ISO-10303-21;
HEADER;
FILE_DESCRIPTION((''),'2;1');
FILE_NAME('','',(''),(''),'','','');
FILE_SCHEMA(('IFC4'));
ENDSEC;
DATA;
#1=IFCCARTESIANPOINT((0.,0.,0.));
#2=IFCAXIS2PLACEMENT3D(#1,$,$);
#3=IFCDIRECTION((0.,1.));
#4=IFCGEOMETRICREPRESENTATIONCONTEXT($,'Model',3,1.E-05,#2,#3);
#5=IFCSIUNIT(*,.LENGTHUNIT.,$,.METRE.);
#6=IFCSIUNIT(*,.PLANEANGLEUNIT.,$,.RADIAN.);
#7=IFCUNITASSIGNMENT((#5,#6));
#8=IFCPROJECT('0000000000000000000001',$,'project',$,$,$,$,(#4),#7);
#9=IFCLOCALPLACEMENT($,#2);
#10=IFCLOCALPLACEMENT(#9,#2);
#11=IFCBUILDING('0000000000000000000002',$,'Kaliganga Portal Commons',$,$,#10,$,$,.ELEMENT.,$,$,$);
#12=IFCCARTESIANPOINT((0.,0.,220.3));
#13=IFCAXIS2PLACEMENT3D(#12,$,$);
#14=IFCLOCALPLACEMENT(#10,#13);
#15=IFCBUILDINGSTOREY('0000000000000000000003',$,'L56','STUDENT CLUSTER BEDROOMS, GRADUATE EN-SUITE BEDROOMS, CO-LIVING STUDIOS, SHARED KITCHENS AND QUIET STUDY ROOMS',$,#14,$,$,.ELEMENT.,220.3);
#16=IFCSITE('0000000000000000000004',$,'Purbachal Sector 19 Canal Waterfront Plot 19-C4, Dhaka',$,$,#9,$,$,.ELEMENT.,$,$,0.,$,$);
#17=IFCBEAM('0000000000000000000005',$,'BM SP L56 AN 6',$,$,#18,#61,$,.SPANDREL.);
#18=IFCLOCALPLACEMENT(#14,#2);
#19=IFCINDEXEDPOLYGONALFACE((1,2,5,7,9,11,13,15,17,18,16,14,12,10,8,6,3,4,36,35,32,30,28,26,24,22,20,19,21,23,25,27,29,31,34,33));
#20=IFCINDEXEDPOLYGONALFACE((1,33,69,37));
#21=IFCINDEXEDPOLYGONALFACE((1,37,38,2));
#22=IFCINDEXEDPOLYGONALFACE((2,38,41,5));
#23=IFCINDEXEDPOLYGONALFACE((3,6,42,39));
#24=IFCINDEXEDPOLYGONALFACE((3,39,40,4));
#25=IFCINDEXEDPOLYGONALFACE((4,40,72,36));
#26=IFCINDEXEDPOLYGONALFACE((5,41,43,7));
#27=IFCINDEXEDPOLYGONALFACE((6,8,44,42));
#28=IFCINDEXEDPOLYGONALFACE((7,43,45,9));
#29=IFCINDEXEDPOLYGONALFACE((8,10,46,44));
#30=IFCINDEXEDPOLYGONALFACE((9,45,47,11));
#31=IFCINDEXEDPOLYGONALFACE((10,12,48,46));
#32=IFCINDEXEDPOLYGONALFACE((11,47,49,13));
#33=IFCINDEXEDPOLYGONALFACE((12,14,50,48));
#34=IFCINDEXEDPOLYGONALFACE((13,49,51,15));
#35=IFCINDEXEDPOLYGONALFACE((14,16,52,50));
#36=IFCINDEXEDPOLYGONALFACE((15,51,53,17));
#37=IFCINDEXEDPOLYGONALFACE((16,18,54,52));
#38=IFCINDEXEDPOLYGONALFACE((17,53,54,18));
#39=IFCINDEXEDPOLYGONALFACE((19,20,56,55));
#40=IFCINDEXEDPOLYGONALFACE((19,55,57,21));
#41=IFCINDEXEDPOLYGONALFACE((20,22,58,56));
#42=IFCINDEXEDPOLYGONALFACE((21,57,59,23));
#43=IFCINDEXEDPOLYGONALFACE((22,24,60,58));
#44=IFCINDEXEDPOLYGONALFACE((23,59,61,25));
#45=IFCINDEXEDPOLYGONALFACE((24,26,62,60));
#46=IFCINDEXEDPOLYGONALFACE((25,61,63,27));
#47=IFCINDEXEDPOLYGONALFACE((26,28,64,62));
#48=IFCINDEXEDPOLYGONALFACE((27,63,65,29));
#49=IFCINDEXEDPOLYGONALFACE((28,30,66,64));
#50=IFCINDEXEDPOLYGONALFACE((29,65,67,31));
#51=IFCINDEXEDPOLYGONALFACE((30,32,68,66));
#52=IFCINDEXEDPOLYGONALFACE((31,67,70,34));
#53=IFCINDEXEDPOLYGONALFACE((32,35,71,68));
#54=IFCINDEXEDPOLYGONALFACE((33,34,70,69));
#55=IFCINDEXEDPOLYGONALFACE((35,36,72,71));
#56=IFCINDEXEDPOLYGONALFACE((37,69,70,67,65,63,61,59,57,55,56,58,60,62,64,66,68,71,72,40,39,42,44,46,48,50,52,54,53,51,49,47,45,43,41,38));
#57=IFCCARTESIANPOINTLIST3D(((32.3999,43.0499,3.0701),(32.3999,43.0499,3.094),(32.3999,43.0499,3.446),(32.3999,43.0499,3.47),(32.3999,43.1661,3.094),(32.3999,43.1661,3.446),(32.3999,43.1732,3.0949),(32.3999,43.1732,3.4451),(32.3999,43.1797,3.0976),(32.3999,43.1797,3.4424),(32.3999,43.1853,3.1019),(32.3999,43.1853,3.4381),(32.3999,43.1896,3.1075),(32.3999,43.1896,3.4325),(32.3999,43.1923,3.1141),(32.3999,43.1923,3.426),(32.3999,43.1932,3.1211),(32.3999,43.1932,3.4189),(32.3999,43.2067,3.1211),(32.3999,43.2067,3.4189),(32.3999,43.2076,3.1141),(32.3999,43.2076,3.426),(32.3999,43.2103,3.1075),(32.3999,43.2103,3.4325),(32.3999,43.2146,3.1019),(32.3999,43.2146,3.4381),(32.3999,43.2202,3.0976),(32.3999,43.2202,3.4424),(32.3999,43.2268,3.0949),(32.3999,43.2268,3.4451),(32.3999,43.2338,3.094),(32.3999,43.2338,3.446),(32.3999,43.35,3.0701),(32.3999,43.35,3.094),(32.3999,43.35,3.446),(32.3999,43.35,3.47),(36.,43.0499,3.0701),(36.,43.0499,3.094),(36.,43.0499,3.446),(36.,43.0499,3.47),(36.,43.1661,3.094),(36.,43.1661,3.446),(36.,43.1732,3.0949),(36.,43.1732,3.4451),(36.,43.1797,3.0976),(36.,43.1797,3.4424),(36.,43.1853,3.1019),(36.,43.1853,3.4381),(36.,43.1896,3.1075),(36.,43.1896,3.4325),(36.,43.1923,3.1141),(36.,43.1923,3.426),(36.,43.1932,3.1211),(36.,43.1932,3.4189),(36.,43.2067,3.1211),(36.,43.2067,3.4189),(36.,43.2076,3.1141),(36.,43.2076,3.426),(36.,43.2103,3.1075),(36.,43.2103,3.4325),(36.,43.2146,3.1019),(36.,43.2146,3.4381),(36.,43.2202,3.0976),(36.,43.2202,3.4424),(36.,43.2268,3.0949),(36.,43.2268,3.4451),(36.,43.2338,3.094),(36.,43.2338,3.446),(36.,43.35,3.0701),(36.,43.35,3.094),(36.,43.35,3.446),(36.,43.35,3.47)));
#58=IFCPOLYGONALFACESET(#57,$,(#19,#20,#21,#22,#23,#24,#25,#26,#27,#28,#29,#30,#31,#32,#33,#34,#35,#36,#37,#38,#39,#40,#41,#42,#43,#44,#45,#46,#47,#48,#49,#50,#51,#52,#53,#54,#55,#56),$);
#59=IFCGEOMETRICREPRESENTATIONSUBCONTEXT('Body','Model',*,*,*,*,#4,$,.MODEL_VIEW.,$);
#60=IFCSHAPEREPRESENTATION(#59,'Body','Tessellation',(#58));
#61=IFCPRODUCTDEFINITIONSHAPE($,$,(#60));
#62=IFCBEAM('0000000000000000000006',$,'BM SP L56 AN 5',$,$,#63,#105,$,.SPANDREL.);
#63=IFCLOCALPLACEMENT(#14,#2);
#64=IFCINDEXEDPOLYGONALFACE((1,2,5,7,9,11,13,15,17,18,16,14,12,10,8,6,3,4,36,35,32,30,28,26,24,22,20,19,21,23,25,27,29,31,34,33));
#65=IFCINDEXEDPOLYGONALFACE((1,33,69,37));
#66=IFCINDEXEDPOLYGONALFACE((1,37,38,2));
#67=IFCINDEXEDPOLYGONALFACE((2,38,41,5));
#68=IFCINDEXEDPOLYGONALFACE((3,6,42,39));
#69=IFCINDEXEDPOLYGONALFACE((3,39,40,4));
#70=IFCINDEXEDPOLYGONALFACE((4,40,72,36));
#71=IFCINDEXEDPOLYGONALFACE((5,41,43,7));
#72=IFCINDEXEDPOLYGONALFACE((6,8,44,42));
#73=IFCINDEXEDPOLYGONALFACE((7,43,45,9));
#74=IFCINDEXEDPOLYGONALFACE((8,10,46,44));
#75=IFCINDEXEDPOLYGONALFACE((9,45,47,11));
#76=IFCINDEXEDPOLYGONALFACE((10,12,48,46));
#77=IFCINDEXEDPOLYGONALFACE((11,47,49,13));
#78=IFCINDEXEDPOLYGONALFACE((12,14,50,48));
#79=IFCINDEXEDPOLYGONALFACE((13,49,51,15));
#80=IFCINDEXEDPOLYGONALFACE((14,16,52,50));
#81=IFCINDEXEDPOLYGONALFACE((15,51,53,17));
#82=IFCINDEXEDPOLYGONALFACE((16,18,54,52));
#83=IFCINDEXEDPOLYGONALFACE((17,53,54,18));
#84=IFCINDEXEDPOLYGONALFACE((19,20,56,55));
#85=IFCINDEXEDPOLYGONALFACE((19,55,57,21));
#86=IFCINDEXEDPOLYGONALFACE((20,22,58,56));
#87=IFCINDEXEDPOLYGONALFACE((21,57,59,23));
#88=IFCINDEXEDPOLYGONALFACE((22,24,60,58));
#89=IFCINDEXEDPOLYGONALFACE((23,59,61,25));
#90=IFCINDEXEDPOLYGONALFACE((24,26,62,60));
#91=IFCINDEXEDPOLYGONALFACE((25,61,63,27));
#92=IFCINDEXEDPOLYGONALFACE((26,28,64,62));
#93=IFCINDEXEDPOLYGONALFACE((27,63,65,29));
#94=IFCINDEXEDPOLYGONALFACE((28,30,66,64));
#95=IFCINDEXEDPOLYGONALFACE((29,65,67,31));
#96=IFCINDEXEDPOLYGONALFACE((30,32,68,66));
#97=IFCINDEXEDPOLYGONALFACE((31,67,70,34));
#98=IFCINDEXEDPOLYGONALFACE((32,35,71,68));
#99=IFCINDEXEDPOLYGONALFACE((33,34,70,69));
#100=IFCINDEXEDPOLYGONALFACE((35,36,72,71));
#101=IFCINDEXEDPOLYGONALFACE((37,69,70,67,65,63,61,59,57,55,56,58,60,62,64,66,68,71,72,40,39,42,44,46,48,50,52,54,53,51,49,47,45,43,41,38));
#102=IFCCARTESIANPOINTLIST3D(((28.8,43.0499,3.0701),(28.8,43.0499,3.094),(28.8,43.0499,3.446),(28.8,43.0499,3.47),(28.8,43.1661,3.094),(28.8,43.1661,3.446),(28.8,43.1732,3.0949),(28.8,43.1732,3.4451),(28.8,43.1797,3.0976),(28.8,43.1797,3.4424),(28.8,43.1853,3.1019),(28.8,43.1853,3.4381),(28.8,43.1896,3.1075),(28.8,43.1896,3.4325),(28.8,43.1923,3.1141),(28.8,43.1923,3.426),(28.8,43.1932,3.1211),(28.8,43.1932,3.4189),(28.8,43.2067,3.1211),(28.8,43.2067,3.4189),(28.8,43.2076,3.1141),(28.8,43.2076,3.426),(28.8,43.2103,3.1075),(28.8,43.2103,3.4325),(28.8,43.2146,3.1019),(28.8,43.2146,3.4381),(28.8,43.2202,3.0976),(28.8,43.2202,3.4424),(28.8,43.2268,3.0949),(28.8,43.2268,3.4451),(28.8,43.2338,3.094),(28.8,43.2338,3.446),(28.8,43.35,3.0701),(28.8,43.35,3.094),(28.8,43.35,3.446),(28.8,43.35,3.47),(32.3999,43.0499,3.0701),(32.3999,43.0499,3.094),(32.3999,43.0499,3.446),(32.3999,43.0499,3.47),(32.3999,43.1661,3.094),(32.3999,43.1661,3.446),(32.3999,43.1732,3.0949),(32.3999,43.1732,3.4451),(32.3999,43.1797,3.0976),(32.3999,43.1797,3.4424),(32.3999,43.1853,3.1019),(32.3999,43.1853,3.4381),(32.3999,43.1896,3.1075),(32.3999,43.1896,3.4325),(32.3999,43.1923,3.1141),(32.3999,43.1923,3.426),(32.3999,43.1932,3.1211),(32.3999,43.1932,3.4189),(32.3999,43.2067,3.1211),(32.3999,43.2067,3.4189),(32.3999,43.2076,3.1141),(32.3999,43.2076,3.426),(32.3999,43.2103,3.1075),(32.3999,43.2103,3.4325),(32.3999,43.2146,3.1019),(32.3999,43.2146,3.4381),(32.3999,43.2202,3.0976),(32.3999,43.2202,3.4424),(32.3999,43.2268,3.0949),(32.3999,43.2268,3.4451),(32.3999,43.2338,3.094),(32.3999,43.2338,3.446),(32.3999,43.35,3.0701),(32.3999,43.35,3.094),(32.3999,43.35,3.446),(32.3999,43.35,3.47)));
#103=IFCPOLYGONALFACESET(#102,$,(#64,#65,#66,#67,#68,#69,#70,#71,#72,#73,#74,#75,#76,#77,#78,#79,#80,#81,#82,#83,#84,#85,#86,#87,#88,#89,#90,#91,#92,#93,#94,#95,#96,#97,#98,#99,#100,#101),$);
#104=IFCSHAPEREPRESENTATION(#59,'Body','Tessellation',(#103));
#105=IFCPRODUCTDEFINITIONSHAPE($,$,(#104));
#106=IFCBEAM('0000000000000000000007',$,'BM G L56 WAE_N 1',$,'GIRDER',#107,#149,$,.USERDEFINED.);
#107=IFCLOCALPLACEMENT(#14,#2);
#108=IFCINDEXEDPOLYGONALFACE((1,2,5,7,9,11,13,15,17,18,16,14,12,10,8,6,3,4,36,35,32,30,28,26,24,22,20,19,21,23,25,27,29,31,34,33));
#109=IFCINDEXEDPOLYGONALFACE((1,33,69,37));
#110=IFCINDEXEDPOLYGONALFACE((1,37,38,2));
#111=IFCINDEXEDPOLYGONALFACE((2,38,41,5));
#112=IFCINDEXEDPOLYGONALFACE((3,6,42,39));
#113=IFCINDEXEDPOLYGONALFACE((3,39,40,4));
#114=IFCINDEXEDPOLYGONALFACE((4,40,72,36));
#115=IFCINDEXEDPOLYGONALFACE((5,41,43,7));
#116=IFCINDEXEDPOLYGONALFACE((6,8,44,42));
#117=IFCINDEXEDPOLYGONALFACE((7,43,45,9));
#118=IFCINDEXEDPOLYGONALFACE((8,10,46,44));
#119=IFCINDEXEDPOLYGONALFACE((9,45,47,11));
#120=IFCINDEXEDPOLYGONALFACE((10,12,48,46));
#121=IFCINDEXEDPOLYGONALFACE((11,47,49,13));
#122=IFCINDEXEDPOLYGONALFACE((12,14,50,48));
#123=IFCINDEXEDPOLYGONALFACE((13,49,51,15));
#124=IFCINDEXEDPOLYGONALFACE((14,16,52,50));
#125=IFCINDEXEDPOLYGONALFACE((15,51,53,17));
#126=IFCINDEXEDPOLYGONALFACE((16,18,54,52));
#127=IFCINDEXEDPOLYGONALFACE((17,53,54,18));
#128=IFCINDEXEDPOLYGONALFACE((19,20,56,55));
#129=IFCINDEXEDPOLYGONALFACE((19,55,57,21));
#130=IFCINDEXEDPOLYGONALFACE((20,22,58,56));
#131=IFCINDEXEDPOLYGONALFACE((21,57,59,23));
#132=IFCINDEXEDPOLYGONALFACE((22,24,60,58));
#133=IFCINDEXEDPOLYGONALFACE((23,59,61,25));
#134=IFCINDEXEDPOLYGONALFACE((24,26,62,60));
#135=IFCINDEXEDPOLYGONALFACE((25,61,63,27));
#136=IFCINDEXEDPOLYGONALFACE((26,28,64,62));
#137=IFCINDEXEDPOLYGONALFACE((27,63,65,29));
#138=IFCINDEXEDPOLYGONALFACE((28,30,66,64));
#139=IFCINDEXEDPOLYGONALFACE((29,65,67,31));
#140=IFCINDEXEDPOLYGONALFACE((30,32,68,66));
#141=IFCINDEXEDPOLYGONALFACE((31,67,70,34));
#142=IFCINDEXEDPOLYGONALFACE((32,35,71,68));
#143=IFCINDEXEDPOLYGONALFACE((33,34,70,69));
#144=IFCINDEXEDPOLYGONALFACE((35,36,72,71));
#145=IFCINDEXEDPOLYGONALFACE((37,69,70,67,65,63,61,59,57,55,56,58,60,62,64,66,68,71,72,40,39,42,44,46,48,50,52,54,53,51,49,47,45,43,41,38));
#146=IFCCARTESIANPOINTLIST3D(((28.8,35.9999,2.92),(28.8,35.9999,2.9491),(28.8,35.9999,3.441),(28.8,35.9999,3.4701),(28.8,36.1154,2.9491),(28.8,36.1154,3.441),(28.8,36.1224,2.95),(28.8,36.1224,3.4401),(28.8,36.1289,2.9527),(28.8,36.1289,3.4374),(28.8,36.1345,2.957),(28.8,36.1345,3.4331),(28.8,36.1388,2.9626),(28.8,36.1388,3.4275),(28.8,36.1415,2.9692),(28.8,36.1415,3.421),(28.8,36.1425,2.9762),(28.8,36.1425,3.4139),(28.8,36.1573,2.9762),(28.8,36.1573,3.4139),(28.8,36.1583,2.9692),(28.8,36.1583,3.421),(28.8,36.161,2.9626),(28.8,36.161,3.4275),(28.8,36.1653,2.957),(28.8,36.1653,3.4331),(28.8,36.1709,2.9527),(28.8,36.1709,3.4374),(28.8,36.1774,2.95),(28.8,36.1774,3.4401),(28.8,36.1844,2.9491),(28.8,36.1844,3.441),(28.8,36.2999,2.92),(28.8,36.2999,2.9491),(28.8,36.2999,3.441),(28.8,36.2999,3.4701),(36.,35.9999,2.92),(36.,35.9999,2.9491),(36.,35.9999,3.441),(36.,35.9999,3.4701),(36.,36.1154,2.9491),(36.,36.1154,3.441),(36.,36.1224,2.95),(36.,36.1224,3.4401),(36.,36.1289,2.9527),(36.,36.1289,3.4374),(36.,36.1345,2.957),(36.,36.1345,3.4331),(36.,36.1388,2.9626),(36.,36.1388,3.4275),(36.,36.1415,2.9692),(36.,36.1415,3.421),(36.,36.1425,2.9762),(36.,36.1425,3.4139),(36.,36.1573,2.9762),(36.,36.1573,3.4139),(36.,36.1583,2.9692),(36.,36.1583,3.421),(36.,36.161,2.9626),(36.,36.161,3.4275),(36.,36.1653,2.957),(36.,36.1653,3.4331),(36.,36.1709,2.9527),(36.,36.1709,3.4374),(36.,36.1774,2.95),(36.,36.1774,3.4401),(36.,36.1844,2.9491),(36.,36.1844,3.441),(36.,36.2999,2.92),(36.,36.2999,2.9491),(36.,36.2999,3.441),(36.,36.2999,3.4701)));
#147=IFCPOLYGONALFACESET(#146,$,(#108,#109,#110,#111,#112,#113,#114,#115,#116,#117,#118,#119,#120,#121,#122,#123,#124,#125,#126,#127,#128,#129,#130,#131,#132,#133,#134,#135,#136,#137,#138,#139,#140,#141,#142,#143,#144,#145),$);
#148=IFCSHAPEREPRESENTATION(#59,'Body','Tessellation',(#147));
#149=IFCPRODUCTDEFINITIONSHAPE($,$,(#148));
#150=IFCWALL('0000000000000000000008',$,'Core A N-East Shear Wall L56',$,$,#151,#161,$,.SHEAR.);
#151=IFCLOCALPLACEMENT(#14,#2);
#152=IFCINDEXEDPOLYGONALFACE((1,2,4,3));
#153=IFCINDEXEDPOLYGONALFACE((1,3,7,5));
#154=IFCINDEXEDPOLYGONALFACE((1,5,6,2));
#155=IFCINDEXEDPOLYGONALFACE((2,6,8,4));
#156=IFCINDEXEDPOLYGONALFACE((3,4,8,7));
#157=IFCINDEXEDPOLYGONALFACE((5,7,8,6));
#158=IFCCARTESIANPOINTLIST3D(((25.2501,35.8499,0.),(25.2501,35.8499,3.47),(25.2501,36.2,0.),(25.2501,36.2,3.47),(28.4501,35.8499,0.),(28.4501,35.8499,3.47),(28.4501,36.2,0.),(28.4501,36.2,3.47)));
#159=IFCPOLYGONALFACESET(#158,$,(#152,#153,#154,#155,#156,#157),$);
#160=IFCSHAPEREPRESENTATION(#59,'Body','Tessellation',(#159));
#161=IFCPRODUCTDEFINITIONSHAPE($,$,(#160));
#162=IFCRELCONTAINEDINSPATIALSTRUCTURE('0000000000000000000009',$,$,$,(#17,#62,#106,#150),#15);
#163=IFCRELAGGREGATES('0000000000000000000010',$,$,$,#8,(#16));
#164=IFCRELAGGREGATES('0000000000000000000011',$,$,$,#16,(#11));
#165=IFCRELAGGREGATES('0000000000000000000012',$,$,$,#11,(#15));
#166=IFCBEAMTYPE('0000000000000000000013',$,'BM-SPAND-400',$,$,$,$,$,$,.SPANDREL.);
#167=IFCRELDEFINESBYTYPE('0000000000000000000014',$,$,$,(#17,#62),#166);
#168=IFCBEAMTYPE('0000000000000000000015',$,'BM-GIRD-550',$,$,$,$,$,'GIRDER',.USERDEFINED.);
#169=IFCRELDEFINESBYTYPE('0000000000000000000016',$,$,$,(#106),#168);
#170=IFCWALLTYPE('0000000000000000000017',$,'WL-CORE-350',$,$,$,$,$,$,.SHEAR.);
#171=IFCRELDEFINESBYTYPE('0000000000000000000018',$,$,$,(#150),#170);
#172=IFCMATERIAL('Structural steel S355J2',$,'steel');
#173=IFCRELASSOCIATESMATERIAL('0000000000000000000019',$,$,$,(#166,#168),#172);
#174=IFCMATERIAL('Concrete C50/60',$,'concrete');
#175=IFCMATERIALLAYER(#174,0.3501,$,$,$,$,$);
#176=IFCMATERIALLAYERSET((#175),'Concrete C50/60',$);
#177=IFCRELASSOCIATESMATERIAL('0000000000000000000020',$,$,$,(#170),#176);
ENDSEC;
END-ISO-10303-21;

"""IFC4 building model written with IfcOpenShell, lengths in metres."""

from ifc_helpers import new_model, si_unit, direction, frame, frame_2d, origin, origin_2d, place, context, subcontext, project, spatial, rectangle, i_section, extrude, source, transform, mapped, material, layer, layer_set, material_profile, profile_set, type_object, element, save


model = new_model("IFC4")

# Units and contexts
model_context = context("Model", 3, precision=1e-05, world=origin(), true_north=direction((0.0, 1.0)))
body_context = subcontext(model_context, "Body", "Model", "MODEL_VIEW")
ifc_project = project(units=[si_unit("LENGTHUNIT", "METRE"), si_unit("PLANEANGLEUNIT", "RADIAN")], contexts=[model_context])

# Site, building, storey
site_placement = place(None, origin())
site = spatial("IfcSite", under=ifc_project, at=site_placement, Name="Purbachal Sector 19 Canal Waterfront Plot 19-C4, Dhaka", CompositionType="ELEMENT", RefElevation=0.0)
building_placement = place(site_placement, origin())
building = spatial("IfcBuilding", under=site, at=building_placement, Name="Kaliganga Portal Commons", CompositionType="ELEMENT")
storey_placement = place(building_placement, frame((0.0, 0.0, 220.3)))
storey = spatial("IfcBuildingStorey", under=building, at=storey_placement, Name="L56", Description="STUDENT CLUSTER BEDROOMS, GRADUATE EN-SUITE BEDROOMS, CO-LIVING STUDIOS, SHARED KITCHENS AND QUIET STUDY ROOMS", CompositionType="ELEMENT", Elevation=220.3)

# Shared definitions
ifc_material_1 = material(Name="Concrete C50/60", Category="concrete")
ifc_material_2 = material(Name="Structural steel S355J2", Category="steel")

# Beams
ifc_material_profile_1 = material_profile(ifc_material_2, i_section(OverallWidth=0.3, OverallDepth=0.3999, WebThickness=0.0134, FlangeThickness=0.0239, FilletRadius=0.0271, at=origin_2d()), Name="HE 400 B")
ifc_profile_set_1 = profile_set([ifc_material_profile_1], Name="Structural steel S355J2 wide-flange")
beam_type_1 = type_object("IfcBeamType", Name="BM-SPAND-400", PredefinedType="SPANDREL", material=ifc_profile_set_1)
shared_shape_1 = source(origin(), body_context, "Body", "SweptSolid", [
    extrude(i_section(OverallWidth=0.3, OverallDepth=0.3999, WebThickness=0.0134, FlangeThickness=0.0239, FilletRadius=0.0271, at=origin_2d()), origin(), (0.0, 0.0, 1.0), 3.6001),
])
beam_1_placement = place(storey_placement, frame((32.3999, 43.2, 3.27), z_axis=(1.0, 0.0, 0.0), x_axis=(0.0, 1.0, 0.0)))
element("IfcBeam", 1, at=beam_1_placement, inside=storey, type_object=beam_type_1, Name="BM SP L56 AN 6", PredefinedType="SPANDREL", context=body_context, shape_type="MappedRepresentation", body=[
    mapped(shared_shape_1, transform((0.0, 0.0, 0.0), x_axis=(1.0, 0.0, 0.0), y_axis=(0.0, 1.0, 0.0), z_axis=(0.0, 0.0, 1.0), scale=1.0)),
])
shared_shape_2 = source(origin(), body_context, "Body", "SweptSolid", [
    extrude(i_section(OverallWidth=0.3, OverallDepth=0.3999, WebThickness=0.0134, FlangeThickness=0.0239, FilletRadius=0.0271, at=origin_2d()), origin(), (0.0, 0.0, 1.0), 3.5999),
])
beam_2_placement = place(storey_placement, frame((28.8, 43.2, 3.27), z_axis=(1.0, 0.0, 0.0), x_axis=(0.0, 1.0, 0.0)))
element("IfcBeam", 2, at=beam_2_placement, inside=storey, type_object=beam_type_1, Name="BM SP L56 AN 5", PredefinedType="SPANDREL", context=body_context, shape_type="MappedRepresentation", body=[
    mapped(shared_shape_2, transform((0.0, 0.0, 0.0), x_axis=(1.0, 0.0, 0.0), y_axis=(0.0, 1.0, 0.0), z_axis=(0.0, 0.0, 1.0), scale=1.0)),
])
ifc_material_profile_2 = material_profile(ifc_material_2, i_section(OverallWidth=0.3, OverallDepth=0.55, WebThickness=0.0149, FlangeThickness=0.0291, FilletRadius=0.0271, at=origin_2d()), Name="HE 550 B")
ifc_profile_set_2 = profile_set([ifc_material_profile_2], Name="Structural steel S355J2 wide-flange")
beam_type_2 = type_object("IfcBeamType", Name="BM-GIRD-550", ElementType="GIRDER", PredefinedType="USERDEFINED", material=ifc_profile_set_2)
shared_shape_3 = source(origin(), body_context, "Body", "SweptSolid", [
    extrude(i_section(OverallWidth=0.3, OverallDepth=0.55, WebThickness=0.0149, FlangeThickness=0.0291, FilletRadius=0.0271, at=origin_2d()), origin(), (0.0, 0.0, 1.0), 7.2),
])
beam_3_placement = place(storey_placement, frame((28.8, 36.1499, 3.1951), z_axis=(1.0, 0.0, 0.0), x_axis=(0.0, 1.0, 0.0)))
element("IfcBeam", 3, at=beam_3_placement, inside=storey, type_object=beam_type_2, Name="BM G L56 WAE_N 1", ObjectType="GIRDER", PredefinedType="USERDEFINED", context=body_context, shape_type="MappedRepresentation", body=[
    mapped(shared_shape_3, transform((0.0, 0.0, 0.0), x_axis=(1.0, 0.0, 0.0), y_axis=(0.0, 1.0, 0.0), z_axis=(0.0, 0.0, 1.0), scale=1.0)),
])

# Wall
ifc_layer_1 = layer(ifc_material_1, 0.3501)
ifc_layer_set_1 = layer_set([ifc_layer_1], Name="Concrete C50/60")
wall_type_1 = type_object("IfcWallType", Name="WL-CORE-350", PredefinedType="SHEAR", material=ifc_layer_set_1)
wall_1_placement = place(storey_placement, frame((25.25, 36.0249, 0.0), z_axis=(0.0, 0.0, 1.0), x_axis=(1.0, 0.0, 0.0)))
element("IfcWall", 4, at=wall_1_placement, inside=storey, type_object=wall_type_1, Name="Core A N-East Shear Wall L56", PredefinedType="SHEAR", context=body_context, shape_type="SweptSolid", body=[
    extrude(rectangle(XDim=3.2, YDim=0.3501, at=frame_2d((1.6001, 0.0))), origin(), (0.0, 0.0, 1.0), 3.47),
])

save(model, "model.ifc")
